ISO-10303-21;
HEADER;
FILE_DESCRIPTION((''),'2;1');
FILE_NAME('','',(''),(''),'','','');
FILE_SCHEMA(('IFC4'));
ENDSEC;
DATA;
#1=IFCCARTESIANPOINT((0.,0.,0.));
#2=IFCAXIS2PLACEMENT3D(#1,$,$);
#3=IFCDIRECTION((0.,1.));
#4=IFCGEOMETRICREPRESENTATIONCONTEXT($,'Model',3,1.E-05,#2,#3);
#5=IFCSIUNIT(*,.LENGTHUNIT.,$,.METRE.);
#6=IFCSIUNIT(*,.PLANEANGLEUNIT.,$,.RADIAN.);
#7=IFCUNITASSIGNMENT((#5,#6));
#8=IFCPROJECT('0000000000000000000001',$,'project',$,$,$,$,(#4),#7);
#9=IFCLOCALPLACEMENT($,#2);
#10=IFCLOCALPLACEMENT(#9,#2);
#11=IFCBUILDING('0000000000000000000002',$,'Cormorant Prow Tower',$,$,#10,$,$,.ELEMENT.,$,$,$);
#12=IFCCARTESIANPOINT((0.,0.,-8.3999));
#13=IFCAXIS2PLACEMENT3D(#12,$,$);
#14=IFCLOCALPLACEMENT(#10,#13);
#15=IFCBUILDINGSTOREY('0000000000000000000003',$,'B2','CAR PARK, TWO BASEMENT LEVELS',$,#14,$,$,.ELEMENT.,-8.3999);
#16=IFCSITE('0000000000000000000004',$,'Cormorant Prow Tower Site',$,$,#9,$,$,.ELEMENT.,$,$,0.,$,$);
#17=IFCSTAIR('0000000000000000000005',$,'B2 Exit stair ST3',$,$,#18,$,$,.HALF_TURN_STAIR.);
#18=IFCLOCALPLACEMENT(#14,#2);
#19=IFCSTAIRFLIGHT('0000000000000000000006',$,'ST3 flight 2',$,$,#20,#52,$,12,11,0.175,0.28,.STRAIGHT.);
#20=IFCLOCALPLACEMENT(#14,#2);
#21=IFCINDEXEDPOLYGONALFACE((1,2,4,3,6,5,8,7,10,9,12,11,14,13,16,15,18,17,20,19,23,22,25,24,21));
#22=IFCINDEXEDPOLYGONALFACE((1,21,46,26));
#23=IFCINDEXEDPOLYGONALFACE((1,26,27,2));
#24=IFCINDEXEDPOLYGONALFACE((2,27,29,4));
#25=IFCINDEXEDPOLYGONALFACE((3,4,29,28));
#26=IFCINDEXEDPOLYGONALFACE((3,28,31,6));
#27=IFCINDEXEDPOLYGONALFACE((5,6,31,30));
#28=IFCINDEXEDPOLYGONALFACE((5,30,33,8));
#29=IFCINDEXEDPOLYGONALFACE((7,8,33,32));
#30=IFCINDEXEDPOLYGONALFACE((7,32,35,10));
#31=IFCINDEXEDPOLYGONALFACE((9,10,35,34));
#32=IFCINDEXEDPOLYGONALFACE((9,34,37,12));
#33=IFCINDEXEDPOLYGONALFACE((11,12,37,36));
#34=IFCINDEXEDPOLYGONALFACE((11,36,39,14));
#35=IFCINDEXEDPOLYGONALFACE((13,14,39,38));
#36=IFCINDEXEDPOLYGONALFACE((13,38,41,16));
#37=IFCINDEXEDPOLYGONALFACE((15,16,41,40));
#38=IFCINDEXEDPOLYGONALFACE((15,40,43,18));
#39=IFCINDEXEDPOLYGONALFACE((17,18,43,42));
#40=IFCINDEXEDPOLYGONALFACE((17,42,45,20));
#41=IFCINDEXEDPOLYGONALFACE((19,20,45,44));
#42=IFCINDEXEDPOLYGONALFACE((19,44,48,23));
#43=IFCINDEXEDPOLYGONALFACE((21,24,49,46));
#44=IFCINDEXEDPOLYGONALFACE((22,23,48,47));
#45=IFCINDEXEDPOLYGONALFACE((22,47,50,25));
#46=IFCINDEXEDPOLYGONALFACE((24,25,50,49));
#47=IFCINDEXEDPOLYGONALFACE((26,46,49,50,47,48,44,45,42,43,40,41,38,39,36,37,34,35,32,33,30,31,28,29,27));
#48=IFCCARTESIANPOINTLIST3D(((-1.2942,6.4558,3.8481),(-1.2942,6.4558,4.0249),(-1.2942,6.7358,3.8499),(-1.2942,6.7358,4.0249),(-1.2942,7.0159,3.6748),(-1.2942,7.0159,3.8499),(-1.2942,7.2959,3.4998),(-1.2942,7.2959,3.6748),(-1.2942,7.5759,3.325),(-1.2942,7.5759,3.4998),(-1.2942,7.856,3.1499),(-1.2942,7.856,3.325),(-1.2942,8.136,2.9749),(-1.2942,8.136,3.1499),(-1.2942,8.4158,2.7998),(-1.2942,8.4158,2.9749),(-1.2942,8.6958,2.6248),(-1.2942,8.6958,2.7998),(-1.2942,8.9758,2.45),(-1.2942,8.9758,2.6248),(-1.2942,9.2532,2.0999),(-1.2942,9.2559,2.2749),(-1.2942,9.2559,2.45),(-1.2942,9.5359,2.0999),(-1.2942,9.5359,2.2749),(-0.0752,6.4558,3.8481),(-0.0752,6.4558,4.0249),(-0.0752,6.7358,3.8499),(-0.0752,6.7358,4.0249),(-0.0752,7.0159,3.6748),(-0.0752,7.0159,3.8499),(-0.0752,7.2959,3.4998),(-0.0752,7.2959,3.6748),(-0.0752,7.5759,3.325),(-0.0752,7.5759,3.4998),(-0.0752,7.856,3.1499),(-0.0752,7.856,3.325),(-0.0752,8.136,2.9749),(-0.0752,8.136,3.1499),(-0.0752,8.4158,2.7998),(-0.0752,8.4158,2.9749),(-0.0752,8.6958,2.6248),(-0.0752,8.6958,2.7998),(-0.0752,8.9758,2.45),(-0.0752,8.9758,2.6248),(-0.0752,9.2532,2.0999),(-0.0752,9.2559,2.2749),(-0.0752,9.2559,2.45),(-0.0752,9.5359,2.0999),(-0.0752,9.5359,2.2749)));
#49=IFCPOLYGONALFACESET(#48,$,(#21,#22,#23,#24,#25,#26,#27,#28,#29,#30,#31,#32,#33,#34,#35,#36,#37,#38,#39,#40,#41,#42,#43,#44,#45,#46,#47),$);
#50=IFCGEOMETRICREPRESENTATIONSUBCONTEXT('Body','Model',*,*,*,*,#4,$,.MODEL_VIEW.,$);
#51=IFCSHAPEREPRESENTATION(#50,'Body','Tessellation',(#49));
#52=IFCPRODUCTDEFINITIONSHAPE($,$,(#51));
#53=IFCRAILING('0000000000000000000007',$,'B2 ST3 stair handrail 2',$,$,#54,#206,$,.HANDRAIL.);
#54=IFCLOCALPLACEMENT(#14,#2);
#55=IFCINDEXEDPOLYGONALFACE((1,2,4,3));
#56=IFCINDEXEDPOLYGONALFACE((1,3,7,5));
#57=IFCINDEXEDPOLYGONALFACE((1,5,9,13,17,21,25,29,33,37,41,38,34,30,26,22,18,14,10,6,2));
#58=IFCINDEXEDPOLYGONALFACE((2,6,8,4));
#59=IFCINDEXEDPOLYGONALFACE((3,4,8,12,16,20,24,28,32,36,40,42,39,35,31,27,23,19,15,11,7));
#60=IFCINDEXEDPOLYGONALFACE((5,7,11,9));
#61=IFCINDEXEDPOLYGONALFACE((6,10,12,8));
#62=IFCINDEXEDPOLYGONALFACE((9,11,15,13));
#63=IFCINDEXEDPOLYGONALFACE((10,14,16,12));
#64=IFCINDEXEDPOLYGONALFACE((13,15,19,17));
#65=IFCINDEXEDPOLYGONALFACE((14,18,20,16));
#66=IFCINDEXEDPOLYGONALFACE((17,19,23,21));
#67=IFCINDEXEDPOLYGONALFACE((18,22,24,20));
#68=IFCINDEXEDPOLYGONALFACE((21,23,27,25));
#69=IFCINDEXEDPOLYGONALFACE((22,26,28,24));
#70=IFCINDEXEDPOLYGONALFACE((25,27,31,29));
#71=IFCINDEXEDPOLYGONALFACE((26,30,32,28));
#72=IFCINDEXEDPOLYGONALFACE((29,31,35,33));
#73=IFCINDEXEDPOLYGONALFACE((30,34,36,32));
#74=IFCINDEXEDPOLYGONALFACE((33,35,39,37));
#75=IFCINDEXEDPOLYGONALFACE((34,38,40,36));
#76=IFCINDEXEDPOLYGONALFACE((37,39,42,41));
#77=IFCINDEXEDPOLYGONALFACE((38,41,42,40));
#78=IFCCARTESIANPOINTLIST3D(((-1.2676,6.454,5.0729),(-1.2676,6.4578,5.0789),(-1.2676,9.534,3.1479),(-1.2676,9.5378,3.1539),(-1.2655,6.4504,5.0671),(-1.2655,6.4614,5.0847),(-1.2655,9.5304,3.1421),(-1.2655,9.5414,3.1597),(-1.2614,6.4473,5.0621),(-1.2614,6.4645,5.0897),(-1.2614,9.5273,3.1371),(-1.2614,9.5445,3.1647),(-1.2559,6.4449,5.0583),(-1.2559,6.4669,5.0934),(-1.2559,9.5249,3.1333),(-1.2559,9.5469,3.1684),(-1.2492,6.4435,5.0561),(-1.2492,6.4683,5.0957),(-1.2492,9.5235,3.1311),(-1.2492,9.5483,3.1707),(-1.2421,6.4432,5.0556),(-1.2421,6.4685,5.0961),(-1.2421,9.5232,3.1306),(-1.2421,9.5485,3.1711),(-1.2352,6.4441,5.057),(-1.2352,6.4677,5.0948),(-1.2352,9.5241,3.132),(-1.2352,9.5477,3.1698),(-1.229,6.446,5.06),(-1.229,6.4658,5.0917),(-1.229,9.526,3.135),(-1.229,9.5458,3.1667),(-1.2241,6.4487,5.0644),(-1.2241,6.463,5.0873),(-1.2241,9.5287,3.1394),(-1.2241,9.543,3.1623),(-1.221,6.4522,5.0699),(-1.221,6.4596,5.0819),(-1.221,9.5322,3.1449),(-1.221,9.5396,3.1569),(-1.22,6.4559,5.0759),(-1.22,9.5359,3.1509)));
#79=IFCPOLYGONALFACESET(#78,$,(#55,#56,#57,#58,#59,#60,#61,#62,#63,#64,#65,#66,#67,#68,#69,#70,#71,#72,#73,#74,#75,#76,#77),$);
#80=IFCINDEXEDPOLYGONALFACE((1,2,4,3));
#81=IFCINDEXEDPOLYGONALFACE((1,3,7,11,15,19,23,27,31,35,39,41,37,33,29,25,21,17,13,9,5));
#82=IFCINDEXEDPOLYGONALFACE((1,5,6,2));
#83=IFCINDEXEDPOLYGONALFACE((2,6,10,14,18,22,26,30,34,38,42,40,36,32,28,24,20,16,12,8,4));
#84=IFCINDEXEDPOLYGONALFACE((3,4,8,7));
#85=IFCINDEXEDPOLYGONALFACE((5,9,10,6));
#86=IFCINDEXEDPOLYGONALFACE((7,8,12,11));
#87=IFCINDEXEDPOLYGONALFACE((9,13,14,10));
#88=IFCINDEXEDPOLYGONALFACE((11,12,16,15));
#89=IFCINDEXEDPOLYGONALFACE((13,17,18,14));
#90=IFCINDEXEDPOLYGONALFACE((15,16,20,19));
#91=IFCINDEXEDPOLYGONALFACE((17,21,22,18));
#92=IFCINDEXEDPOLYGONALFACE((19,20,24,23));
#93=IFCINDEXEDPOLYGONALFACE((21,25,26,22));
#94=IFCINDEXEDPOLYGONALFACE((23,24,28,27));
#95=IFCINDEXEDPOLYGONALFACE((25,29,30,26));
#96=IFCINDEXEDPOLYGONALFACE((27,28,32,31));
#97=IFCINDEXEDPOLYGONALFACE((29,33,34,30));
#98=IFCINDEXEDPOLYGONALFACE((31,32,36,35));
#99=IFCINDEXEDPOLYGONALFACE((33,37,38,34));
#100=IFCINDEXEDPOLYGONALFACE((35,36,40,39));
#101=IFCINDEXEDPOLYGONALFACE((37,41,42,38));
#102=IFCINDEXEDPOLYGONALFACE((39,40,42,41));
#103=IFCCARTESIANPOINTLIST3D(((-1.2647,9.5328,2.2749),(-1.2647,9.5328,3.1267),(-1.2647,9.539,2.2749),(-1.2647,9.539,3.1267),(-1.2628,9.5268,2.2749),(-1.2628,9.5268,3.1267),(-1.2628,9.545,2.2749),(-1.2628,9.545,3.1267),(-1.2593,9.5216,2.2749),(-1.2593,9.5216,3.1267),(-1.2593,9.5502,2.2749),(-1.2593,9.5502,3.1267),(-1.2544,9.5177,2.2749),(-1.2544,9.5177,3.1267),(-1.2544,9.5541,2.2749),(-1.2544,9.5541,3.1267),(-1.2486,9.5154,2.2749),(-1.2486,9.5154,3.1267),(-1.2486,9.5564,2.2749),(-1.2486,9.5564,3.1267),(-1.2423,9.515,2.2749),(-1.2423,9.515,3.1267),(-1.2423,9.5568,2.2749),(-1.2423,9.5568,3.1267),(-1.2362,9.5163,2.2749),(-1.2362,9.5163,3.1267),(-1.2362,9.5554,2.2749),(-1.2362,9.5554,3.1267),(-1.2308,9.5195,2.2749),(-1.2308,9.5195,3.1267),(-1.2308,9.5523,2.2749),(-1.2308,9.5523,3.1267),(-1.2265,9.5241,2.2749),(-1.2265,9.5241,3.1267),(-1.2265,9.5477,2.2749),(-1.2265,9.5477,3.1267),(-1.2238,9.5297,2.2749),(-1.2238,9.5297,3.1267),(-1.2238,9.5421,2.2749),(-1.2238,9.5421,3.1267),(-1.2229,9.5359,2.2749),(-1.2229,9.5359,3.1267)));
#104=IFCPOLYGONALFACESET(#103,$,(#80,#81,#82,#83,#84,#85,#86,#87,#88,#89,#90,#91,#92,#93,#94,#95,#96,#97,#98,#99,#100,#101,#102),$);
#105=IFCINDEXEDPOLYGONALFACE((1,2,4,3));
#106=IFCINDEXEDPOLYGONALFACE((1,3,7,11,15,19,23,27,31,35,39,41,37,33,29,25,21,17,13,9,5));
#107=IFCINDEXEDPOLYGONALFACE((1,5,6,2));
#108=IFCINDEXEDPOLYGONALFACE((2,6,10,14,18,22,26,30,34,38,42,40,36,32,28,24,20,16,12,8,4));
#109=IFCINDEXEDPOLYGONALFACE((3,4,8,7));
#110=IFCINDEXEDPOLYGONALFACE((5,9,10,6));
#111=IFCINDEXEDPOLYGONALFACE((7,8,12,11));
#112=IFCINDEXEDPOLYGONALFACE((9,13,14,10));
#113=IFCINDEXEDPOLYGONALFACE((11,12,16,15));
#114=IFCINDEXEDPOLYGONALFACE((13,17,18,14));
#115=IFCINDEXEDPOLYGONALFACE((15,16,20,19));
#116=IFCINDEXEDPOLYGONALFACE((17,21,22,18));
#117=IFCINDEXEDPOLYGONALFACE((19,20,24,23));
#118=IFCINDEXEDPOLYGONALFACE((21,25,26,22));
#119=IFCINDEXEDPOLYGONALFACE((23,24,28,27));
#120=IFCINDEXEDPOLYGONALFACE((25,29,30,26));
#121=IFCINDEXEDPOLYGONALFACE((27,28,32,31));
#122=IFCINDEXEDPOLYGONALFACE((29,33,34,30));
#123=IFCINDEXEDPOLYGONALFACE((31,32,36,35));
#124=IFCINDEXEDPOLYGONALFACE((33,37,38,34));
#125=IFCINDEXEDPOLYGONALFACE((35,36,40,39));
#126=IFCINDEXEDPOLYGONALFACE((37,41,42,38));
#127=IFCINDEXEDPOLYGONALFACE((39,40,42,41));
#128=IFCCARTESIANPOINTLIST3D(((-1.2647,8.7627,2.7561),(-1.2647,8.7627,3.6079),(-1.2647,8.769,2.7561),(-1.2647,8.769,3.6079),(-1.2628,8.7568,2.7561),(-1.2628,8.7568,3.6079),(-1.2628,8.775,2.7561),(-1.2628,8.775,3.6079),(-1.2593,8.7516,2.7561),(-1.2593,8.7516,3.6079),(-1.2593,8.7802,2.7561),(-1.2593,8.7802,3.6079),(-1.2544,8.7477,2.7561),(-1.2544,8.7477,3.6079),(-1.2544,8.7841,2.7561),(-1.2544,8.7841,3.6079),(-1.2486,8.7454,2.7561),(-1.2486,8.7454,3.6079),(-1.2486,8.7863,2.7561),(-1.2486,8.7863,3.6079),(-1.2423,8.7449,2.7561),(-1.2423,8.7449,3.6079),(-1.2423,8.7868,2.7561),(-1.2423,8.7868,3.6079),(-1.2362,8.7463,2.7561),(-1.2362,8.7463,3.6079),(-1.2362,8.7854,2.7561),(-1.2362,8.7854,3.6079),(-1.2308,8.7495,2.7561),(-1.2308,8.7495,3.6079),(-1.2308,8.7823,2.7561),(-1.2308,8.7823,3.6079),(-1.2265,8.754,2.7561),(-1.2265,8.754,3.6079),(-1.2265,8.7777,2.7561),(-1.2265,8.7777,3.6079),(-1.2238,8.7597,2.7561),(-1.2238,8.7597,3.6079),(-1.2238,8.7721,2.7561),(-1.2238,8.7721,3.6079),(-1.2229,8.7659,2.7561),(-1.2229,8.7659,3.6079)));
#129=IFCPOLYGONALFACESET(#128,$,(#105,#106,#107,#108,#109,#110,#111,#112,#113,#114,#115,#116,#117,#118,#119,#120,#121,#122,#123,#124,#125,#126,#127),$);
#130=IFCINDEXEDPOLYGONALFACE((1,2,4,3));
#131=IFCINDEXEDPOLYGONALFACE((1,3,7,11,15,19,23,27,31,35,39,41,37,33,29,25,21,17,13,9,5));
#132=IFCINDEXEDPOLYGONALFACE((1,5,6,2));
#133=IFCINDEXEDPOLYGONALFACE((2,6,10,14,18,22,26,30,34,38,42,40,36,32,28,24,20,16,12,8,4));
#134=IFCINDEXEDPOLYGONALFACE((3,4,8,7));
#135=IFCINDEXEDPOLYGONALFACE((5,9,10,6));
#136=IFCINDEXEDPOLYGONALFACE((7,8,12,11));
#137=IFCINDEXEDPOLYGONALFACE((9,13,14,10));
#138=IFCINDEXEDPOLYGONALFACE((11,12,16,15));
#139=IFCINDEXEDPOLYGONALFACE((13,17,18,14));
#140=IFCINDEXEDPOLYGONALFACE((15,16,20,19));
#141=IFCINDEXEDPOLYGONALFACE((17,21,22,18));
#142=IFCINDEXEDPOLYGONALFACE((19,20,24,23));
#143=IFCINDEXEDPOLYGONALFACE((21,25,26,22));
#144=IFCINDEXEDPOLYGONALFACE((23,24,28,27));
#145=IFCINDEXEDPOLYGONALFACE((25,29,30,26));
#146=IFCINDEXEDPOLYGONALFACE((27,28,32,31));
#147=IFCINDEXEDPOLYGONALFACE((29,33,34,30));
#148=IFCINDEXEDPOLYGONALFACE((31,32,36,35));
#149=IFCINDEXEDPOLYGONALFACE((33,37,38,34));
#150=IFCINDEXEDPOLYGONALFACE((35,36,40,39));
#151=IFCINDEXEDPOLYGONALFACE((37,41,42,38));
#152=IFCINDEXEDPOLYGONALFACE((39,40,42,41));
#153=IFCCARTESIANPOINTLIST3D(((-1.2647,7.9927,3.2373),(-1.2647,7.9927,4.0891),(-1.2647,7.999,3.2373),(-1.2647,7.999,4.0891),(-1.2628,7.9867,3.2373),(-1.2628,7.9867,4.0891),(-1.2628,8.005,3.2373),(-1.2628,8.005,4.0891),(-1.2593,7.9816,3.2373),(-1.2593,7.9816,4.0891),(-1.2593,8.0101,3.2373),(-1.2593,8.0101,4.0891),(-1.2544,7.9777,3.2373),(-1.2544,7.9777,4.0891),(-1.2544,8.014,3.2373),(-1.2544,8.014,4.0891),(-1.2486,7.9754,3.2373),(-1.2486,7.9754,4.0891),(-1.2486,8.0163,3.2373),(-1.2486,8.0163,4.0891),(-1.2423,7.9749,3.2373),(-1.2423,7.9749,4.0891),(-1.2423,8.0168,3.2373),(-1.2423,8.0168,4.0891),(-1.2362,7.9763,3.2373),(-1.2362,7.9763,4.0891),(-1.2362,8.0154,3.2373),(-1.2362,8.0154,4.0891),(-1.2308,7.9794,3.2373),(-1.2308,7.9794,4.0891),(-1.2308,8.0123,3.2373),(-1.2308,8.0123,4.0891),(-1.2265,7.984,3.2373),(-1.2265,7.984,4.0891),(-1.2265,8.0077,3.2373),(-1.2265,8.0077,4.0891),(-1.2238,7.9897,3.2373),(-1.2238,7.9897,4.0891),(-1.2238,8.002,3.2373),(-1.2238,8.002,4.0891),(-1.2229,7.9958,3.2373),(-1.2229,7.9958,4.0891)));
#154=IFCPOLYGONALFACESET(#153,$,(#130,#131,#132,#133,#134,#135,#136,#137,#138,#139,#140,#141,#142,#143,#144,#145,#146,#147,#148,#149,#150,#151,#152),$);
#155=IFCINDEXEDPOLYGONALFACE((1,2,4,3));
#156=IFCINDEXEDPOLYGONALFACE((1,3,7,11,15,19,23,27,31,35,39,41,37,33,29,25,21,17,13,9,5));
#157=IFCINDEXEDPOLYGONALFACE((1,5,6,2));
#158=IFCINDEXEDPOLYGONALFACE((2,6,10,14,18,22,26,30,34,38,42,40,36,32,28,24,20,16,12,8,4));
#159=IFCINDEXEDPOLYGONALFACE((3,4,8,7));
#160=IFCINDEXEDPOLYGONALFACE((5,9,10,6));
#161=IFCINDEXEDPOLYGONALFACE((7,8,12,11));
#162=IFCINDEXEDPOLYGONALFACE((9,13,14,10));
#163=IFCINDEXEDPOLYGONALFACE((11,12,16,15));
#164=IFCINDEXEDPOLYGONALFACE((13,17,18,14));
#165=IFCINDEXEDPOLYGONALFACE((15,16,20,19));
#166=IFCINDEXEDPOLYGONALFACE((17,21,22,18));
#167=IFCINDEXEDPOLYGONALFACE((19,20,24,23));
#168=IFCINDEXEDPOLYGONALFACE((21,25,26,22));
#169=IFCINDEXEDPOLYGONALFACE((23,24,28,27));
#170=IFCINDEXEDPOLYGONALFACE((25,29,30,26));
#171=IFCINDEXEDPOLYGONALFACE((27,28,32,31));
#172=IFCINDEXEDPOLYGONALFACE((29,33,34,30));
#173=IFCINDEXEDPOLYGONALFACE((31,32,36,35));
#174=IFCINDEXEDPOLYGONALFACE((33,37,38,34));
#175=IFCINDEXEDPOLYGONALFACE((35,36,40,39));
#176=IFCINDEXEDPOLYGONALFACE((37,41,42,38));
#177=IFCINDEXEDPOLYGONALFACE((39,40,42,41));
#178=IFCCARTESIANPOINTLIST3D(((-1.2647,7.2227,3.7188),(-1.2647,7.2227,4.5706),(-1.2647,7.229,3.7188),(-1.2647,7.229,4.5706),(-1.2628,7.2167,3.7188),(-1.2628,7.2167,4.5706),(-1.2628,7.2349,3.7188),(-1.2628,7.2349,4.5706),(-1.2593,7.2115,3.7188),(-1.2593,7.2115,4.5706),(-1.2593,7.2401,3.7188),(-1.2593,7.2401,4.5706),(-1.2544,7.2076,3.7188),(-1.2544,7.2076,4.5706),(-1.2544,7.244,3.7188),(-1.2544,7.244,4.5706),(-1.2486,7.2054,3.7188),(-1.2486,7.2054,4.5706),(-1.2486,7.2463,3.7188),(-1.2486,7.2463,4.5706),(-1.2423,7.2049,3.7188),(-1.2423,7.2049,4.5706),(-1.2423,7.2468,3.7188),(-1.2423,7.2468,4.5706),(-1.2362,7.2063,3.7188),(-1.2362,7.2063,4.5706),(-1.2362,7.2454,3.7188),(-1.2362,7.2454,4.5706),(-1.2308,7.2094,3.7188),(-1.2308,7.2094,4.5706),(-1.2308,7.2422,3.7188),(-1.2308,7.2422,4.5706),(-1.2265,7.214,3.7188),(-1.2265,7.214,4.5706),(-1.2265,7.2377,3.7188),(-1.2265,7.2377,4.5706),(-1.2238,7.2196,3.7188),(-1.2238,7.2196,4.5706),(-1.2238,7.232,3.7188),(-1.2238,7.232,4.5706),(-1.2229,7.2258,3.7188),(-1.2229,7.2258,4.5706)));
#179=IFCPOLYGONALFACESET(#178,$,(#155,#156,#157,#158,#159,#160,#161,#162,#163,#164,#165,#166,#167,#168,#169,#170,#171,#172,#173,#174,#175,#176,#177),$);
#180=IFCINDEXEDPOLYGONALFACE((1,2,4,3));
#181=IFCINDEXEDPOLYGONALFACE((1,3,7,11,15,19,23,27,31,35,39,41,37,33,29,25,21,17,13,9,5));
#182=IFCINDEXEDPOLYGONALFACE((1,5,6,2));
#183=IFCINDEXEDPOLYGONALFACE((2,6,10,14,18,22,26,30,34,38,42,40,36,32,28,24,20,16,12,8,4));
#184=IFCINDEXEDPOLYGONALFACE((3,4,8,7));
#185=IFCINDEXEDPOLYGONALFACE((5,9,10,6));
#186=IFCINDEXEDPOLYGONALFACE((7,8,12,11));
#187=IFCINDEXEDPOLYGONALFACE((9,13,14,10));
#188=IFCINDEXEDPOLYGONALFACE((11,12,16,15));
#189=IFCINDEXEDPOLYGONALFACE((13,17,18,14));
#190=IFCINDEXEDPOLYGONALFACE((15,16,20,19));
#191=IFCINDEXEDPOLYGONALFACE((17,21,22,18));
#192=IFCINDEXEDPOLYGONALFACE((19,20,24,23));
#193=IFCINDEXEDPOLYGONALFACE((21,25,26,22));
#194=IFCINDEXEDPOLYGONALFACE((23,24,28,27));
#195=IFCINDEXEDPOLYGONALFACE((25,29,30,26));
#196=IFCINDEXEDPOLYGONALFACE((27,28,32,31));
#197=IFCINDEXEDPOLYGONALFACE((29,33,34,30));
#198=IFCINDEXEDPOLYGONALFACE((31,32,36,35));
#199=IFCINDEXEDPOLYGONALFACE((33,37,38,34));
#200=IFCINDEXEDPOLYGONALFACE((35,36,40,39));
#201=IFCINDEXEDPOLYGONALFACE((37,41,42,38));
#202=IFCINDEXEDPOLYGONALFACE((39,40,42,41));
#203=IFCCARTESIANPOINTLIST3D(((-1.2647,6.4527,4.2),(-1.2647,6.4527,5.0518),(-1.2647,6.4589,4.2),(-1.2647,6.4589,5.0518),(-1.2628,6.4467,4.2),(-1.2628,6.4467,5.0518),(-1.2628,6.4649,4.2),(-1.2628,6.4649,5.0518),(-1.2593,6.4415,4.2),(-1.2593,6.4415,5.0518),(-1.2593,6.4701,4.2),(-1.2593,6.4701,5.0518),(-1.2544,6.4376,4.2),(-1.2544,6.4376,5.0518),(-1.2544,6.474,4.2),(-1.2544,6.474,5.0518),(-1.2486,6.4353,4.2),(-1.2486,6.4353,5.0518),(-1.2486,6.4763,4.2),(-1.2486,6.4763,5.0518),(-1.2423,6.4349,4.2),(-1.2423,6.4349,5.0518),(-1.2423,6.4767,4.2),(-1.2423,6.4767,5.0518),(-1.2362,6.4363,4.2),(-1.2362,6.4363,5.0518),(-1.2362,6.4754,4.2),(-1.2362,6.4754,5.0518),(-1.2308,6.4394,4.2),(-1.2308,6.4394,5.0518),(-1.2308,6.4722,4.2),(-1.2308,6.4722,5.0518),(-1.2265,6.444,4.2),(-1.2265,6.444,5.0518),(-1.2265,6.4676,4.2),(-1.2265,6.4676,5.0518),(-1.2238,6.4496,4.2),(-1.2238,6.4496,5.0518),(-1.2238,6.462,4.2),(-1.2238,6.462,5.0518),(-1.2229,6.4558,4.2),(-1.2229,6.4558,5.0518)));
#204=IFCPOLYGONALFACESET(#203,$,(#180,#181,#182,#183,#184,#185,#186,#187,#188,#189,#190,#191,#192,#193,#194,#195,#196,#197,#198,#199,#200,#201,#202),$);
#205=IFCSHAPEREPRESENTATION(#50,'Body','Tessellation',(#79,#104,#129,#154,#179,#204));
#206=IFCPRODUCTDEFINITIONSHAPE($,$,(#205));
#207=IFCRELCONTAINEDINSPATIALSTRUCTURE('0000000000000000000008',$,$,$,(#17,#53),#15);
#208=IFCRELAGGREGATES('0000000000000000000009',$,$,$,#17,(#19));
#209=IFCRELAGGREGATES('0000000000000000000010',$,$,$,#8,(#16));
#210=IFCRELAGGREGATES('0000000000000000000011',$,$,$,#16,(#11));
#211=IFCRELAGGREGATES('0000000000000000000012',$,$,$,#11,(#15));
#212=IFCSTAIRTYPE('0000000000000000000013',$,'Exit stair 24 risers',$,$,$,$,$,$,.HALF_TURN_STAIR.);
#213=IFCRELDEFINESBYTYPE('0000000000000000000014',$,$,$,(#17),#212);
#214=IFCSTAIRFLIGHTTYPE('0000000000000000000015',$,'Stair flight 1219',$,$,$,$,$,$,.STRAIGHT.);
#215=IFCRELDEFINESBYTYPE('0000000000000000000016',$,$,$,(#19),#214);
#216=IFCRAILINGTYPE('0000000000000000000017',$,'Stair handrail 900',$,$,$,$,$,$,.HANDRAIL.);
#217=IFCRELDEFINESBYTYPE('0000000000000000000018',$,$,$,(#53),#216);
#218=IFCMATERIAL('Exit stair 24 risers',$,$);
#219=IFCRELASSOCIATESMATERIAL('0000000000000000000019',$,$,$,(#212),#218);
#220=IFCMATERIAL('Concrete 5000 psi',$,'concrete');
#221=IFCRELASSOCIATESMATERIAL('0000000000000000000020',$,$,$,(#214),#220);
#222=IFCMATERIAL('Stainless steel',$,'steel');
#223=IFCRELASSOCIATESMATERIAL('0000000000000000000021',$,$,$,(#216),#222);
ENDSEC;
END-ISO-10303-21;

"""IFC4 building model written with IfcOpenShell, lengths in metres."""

from ifc_helpers import new_model, si_unit, direction, frame, origin, origin_2d, place, context, subcontext, project, spatial, polyline, circle, outline, extrude, material, type_object, element, aggregate, save


model = new_model("IFC4")

# Units and contexts
model_context = context("Model", 3, precision=1e-05, world=origin(), true_north=direction((0.0, 1.0)))
body_context = subcontext(model_context, "Body", "Model", "MODEL_VIEW")
ifc_project = project(units=[si_unit("LENGTHUNIT", "METRE"), si_unit("PLANEANGLEUNIT", "RADIAN")], contexts=[model_context])

# Site, building, storey
site_placement = place(None, origin())
site = spatial("IfcSite", under=ifc_project, at=site_placement, Name="Cormorant Prow Tower Site", CompositionType="ELEMENT", RefElevation=0.0)
building_placement = place(site_placement, origin())
building = spatial("IfcBuilding", under=site, at=building_placement, Name="Cormorant Prow Tower", CompositionType="ELEMENT")
storey_placement = place(building_placement, frame((0.0, 0.0, -8.3999)))
storey = spatial("IfcBuildingStorey", under=building, at=storey_placement, Name="B2", Description="CAR PARK, TWO BASEMENT LEVELS", CompositionType="ELEMENT", Elevation=-8.3999)

# Stair, stair flight
ifc_material_1 = material(Name="Exit stair 24 risers")
stair_type = type_object("IfcStairType", Name="Exit stair 24 risers", PredefinedType="HALF_TURN_STAIR", material=ifc_material_1)
stair_placement = place(storey_placement, origin())
stair = element("IfcStair", 1, at=stair_placement, inside=storey, type_object=stair_type, Name="B2 Exit stair ST3", PredefinedType="HALF_TURN_STAIR")
ifc_material_2 = material(Name="Concrete 5000 psi", Category="concrete")
stair_flight_type = type_object("IfcStairFlightType", Name="Stair flight 1219", PredefinedType="STRAIGHT", material=ifc_material_2)
stair_flight_placement = place(storey_placement, frame((-0.6846, 9.5359, 2.0999), z_axis=(0.0, 0.0, 1.0), x_axis=(0.0, -1.0, 0.0)))
stair_flight = element("IfcStairFlight", 2, at=stair_flight_placement, type_object=stair_flight_type, Name="ST3 flight 2", NumberOfRisers=12, NumberOfTreads=11, PredefinedType="STRAIGHT", RiserHeight=0.175, TreadLength=0.28, context=body_context, shape_type="SweptSolid", body=[
    extrude(outline(polyline([(0.0, 0.0), (0.0, 0.175), (0.28, 0.175), (0.28, 0.3501), (0.5601, 0.3501), (0.5601, 0.5249), (0.8401, 0.5249), (0.8401, 0.7), (1.1201, 0.7), (1.1201, 0.875), (1.3999, 0.875), (1.3999, 1.05), (1.6799, 1.05), (1.6799, 1.2251), (1.96, 1.2251), (1.96, 1.3999), (2.24, 1.3999), (2.24, 1.575), (2.52, 1.575), (2.52, 1.75), (2.8, 1.75), (2.8, 1.925), (3.0801, 1.925), (3.0801, 2.1001), (3.0801, 1.7483), (0.2827, 0.0), (0.0, 0.0)])), frame((0.0, 0.6094, 0.0), z_axis=(0.0, -1.0, 0.0), x_axis=(1.0, 0.0, 0.0)), (0.0, 0.0, 1.0), 1.219),
])
aggregate(stair, [stair_flight])

# Railing
ifc_material_3 = material(Name="Stainless steel", Category="steel")
railing_type_1 = type_object("IfcRailingType", Name="Stair handrail 900", PredefinedType="HANDRAIL", material=ifc_material_3)
railing_1_placement = place(storey_placement, frame((-1.2439, 9.5359, 2.2749)))
element("IfcRailing", 3, at=railing_1_placement, inside=storey, type_object=railing_type_1, Name="B2 ST3 stair handrail 2", PredefinedType="HANDRAIL", context=body_context, shape_type="SweptSolid", body=[
    extrude(circle(Radius=0.0239, at=origin_2d()), frame((0.0, 0.0, 0.876), z_axis=(0.0, -0.847998, 0.529999), x_axis=(1.0, 0.0, 0.0)), (0.0, 0.0, 1.0), 3.6321),
    extrude(circle(Radius=0.021, at=origin_2d()), origin(), (0.0, 0.0, 1.0), 0.8518),
    extrude(circle(Radius=0.021, at=origin_2d()), frame((0.0, -0.77, 0.4812)), (0.0, 0.0, 1.0), 0.8518),
    extrude(circle(Radius=0.021, at=origin_2d()), frame((0.0, -1.54, 0.9624)), (0.0, 0.0, 1.0), 0.8518),
    extrude(circle(Radius=0.021, at=origin_2d()), frame((0.0, -2.3101, 1.4438)), (0.0, 0.0, 1.0), 0.8518),
    extrude(circle(Radius=0.021, at=origin_2d()), frame((0.0, -3.0801, 1.925)), (0.0, 0.0, 1.0), 0.8518),
])

save(model, "model.ifc")
